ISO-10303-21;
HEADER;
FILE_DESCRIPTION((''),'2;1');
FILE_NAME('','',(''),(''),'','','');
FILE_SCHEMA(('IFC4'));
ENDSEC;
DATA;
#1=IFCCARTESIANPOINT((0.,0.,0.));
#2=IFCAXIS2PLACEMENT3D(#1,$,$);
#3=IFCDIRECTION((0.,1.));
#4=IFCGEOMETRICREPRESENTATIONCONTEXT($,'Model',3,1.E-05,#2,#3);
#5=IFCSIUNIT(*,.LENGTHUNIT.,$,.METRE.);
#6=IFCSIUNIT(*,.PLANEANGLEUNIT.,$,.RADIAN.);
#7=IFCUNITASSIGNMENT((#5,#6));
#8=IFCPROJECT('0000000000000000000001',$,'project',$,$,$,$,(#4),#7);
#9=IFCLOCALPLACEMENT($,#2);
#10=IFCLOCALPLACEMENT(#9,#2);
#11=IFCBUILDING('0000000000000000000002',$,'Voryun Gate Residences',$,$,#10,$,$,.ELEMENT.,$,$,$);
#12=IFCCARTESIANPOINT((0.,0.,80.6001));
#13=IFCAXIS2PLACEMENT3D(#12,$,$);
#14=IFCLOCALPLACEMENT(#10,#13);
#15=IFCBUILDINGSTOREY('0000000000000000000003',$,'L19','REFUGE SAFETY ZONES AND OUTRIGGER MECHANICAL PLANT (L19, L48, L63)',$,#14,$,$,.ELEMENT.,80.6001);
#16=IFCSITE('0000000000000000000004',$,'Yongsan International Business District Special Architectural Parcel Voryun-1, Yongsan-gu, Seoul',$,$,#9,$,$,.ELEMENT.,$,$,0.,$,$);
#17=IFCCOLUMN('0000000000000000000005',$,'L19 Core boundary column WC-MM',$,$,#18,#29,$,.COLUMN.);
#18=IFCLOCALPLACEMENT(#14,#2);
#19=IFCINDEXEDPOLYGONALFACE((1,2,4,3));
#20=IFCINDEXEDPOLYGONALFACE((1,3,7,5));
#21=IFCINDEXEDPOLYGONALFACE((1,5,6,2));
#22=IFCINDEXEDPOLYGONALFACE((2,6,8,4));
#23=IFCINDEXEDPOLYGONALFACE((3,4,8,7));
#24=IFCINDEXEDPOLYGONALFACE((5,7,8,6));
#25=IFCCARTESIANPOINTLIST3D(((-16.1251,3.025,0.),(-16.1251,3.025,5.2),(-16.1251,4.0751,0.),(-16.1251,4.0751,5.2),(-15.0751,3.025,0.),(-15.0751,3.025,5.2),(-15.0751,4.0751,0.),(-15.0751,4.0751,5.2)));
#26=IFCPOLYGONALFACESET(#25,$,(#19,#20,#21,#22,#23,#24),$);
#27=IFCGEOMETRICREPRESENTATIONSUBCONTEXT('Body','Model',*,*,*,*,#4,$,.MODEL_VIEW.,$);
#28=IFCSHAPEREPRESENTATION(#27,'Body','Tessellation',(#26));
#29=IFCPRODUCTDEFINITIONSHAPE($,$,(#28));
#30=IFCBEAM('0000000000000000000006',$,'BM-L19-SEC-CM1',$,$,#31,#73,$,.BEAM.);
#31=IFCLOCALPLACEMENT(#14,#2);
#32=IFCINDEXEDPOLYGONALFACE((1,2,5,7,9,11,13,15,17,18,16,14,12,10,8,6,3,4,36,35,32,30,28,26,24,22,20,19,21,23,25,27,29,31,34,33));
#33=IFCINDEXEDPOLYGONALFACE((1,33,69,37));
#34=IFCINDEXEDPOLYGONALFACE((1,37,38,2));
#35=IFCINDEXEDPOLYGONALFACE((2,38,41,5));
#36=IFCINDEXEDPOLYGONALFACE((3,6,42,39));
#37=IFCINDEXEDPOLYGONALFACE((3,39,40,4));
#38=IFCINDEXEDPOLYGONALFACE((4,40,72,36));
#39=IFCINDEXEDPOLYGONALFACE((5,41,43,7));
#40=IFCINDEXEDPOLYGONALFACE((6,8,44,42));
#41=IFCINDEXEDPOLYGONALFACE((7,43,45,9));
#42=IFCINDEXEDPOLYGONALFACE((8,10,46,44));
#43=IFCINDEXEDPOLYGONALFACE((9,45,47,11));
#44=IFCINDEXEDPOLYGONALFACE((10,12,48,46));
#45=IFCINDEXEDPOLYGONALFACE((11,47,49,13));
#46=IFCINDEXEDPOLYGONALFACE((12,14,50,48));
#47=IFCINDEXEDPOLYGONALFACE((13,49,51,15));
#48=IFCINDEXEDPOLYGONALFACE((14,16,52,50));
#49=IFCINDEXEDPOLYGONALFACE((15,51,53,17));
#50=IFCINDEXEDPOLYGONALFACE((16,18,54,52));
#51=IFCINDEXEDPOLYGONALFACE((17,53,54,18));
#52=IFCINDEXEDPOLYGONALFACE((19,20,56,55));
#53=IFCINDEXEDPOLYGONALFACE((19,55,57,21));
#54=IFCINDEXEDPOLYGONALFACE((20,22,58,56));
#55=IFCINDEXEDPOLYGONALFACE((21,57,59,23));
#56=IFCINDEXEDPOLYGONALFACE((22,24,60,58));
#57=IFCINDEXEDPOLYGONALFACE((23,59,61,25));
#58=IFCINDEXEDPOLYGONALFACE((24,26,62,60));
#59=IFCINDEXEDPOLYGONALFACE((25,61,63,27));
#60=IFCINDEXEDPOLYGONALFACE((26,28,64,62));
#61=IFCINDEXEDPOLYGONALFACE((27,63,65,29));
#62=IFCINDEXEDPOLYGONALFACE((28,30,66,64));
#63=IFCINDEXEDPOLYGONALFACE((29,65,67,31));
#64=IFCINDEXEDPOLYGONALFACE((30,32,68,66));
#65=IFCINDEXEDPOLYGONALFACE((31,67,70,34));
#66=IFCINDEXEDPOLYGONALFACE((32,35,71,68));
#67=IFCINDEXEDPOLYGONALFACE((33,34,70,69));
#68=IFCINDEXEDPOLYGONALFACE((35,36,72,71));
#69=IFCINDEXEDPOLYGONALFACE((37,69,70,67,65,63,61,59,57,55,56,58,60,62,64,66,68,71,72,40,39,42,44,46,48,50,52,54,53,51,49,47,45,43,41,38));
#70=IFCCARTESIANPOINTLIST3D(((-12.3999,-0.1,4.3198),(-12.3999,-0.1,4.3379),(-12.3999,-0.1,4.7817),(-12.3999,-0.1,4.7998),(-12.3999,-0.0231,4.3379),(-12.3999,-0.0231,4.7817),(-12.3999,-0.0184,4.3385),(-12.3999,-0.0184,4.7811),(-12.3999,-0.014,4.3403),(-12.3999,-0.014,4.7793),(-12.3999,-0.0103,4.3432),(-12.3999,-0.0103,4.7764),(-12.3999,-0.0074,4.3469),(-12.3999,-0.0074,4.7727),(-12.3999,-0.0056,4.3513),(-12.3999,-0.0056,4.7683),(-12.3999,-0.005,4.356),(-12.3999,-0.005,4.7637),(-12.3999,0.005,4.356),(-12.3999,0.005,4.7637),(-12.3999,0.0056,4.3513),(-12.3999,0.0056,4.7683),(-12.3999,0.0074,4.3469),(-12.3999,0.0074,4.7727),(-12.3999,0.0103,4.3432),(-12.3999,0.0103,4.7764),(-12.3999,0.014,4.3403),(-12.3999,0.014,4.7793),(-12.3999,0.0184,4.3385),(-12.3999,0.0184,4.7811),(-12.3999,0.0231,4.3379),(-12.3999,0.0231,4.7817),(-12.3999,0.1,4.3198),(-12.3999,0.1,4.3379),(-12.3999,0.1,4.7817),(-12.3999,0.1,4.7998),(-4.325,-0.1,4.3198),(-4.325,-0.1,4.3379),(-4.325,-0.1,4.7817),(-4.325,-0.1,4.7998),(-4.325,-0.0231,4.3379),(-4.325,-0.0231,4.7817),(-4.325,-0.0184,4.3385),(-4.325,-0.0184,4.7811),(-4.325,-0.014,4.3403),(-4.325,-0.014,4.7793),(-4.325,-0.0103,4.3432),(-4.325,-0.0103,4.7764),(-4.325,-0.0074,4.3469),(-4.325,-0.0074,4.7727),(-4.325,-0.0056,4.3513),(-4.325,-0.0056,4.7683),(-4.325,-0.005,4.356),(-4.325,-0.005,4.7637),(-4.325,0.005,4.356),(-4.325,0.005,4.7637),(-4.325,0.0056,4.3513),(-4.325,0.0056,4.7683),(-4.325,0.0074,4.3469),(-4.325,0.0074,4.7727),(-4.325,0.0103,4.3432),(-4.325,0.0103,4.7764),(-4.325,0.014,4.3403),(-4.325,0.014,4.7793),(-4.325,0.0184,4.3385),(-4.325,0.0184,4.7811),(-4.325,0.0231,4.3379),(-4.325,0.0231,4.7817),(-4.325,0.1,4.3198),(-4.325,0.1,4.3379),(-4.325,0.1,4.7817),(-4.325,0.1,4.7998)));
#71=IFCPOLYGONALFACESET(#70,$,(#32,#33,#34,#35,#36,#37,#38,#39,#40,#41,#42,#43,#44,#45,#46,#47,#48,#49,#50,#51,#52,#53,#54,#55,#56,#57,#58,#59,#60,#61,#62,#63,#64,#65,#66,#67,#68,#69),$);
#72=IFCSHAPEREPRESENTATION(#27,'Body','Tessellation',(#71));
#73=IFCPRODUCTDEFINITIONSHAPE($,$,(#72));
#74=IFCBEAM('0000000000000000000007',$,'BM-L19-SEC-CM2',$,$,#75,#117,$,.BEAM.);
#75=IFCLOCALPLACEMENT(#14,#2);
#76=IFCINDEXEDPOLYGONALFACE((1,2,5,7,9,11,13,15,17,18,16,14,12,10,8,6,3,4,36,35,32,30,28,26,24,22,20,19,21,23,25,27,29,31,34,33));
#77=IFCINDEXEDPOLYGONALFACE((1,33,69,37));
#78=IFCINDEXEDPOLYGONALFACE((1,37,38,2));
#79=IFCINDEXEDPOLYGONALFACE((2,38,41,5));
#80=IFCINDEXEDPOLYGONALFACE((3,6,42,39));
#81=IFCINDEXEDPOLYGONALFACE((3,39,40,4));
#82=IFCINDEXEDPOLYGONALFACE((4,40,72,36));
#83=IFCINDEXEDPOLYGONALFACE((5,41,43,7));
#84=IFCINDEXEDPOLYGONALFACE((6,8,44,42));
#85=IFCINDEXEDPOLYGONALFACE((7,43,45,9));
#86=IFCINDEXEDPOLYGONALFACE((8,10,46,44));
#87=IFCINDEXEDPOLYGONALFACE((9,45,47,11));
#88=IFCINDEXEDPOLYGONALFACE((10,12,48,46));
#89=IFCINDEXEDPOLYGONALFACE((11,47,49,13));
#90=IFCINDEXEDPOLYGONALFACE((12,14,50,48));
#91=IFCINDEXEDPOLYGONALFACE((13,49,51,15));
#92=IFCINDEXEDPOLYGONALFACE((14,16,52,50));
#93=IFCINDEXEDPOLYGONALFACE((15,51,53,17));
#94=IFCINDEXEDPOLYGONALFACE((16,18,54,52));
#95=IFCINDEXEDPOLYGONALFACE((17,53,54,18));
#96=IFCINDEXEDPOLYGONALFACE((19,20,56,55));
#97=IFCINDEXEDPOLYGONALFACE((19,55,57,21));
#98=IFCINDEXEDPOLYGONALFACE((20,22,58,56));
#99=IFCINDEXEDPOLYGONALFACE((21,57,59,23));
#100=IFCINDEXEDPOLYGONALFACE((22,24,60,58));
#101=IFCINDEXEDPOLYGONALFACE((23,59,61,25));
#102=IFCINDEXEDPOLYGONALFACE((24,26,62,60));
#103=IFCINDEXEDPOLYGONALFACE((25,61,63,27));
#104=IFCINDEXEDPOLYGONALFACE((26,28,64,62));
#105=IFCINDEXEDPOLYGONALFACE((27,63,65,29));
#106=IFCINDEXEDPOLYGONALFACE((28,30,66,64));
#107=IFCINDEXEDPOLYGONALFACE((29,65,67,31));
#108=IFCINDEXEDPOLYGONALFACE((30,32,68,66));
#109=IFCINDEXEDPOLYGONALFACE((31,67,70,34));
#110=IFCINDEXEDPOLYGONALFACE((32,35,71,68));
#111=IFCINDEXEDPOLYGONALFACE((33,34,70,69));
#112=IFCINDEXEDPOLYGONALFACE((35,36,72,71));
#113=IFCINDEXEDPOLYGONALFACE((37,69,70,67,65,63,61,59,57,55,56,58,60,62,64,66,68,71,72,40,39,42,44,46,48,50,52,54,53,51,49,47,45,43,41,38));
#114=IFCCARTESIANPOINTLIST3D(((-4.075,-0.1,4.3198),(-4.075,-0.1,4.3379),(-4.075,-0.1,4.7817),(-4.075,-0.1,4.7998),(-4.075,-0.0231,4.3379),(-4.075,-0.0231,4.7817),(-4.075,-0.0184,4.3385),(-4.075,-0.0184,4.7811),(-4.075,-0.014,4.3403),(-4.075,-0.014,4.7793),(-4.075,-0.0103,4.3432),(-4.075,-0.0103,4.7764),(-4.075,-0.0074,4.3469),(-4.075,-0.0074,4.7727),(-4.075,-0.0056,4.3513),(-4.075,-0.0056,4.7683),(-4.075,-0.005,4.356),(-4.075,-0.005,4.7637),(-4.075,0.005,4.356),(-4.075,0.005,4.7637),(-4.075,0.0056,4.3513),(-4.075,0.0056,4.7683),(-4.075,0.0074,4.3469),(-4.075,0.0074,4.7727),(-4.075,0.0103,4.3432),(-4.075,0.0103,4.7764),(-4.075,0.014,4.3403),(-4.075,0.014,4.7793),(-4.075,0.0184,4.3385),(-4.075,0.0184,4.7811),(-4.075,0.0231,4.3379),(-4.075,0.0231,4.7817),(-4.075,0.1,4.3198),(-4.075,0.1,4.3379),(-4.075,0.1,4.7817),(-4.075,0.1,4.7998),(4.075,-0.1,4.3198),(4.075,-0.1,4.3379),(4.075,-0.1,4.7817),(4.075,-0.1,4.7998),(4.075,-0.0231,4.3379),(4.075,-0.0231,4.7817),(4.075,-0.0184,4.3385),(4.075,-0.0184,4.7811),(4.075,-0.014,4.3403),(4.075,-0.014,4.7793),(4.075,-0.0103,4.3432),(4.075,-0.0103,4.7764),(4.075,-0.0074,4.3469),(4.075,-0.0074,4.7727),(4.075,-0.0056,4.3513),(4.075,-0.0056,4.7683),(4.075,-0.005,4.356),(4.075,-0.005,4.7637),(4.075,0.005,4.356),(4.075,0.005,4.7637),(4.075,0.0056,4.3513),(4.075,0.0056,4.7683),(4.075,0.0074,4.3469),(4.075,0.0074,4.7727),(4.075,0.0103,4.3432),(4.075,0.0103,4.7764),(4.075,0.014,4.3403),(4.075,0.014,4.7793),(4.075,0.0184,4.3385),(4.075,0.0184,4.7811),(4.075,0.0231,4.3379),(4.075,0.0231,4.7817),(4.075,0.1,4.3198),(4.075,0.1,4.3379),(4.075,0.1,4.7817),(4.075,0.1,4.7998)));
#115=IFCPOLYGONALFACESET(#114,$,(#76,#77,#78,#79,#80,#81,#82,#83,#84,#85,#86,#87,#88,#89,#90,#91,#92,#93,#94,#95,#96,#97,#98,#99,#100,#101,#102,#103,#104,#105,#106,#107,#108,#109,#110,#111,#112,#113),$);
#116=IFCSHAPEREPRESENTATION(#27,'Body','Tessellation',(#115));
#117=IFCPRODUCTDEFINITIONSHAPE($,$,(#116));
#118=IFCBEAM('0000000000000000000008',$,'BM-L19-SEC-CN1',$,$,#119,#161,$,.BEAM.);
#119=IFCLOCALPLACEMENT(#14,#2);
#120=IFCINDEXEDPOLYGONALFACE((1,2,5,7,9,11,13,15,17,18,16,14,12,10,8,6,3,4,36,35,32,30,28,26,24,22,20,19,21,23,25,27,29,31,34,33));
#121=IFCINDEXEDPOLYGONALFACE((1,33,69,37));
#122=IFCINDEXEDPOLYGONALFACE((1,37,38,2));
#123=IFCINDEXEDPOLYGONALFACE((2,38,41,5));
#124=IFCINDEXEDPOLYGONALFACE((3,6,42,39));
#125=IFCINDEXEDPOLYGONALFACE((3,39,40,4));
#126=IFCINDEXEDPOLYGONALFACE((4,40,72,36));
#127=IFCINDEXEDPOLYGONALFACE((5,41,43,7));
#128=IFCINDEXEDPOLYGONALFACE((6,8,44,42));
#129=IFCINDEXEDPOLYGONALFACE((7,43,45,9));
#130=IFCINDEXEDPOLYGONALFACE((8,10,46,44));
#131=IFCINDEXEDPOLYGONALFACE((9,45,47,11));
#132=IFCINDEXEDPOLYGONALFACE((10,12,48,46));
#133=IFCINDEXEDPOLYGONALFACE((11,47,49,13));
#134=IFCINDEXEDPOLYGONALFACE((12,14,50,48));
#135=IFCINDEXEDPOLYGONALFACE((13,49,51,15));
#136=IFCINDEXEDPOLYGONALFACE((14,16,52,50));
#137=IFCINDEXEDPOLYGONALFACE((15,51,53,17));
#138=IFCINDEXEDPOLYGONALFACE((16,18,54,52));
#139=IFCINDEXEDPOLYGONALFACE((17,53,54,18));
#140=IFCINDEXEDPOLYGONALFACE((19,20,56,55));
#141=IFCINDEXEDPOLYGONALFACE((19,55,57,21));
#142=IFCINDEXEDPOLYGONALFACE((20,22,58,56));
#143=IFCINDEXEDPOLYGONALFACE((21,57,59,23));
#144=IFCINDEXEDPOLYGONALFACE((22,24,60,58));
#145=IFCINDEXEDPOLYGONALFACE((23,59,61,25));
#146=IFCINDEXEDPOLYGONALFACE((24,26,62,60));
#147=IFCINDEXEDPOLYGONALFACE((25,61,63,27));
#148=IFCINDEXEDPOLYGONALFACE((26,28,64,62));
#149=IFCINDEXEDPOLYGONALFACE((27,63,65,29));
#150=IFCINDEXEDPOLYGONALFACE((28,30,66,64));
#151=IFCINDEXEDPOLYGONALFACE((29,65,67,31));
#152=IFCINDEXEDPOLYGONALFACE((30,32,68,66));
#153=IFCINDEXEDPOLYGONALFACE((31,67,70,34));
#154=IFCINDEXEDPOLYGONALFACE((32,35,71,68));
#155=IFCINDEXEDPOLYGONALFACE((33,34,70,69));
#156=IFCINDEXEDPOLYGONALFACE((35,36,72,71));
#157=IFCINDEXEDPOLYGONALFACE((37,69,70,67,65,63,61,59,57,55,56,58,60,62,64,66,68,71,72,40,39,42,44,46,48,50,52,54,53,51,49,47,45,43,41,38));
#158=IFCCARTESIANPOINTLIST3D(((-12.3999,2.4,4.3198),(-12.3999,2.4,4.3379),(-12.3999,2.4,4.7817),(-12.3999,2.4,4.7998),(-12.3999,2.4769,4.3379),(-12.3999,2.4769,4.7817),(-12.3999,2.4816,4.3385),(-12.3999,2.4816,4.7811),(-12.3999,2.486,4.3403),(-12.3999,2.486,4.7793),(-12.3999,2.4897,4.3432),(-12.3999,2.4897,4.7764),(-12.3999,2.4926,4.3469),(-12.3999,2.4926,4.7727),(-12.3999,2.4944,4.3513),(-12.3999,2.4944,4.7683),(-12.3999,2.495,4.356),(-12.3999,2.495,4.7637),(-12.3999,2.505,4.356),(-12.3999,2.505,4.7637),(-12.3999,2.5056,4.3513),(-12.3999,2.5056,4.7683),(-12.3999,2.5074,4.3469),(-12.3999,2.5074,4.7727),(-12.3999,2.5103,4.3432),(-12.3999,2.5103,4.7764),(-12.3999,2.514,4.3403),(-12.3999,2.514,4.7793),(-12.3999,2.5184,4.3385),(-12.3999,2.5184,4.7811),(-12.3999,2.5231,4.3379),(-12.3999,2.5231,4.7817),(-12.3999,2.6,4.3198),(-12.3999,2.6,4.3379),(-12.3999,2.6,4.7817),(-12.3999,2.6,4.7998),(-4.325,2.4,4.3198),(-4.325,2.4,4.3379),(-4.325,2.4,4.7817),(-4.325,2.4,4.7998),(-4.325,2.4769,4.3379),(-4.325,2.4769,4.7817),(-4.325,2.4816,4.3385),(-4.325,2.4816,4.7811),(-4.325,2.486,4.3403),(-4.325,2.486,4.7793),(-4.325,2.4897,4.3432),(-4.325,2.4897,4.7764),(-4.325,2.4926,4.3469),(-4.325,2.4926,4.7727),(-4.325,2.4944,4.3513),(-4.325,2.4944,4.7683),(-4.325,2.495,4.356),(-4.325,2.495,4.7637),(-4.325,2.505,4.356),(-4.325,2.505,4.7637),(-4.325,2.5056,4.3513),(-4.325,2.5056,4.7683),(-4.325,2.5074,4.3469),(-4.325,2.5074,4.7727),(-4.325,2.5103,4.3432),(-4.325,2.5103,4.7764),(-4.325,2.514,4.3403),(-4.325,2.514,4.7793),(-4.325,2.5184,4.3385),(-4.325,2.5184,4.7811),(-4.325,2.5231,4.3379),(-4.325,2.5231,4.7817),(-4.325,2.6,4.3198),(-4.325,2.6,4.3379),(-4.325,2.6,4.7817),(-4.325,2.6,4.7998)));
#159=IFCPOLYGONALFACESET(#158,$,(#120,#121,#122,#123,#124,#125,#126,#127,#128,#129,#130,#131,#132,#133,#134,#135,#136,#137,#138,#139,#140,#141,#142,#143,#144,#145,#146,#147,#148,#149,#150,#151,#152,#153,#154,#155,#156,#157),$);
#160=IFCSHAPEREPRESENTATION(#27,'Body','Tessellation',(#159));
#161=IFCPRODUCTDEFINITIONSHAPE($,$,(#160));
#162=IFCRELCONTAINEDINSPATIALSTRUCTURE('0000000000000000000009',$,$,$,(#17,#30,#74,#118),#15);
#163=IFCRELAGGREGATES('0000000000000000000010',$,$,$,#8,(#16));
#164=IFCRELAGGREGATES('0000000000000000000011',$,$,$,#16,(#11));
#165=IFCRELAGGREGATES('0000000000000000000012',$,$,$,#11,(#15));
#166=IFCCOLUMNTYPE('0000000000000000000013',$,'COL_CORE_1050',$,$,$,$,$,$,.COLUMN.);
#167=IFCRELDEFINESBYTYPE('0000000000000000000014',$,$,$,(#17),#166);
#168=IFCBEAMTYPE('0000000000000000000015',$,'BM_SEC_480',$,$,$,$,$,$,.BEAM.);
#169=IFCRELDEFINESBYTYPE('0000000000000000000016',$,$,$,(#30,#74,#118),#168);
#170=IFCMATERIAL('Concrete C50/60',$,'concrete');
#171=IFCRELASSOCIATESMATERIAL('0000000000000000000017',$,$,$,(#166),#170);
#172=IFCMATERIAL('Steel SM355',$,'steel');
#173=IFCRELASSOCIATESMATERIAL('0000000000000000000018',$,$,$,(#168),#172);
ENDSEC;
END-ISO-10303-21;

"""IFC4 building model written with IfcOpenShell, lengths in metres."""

from ifc_helpers import new_model, si_unit, direction, frame, origin, origin_2d, place, context, subcontext, project, spatial, rectangle, i_section, extrude, material, material_profile, profile_set, type_object, element, save


model = new_model("IFC4")

# Units and contexts
model_context = context("Model", 3, precision=1e-05, world=origin(), true_north=direction((0.0, 1.0)))
body_context = subcontext(model_context, "Body", "Model", "MODEL_VIEW")
ifc_project = project(units=[si_unit("LENGTHUNIT", "METRE"), si_unit("PLANEANGLEUNIT", "RADIAN")], contexts=[model_context])

# Site, building, storey
site_placement = place(None, origin())
site = spatial("IfcSite", under=ifc_project, at=site_placement, Name="Yongsan International Business District Special Architectural Parcel Voryun-1, Yongsan-gu, Seoul", CompositionType="ELEMENT", RefElevation=0.0)
building_placement = place(site_placement, origin())
building = spatial("IfcBuilding", under=site, at=building_placement, Name="Voryun Gate Residences", CompositionType="ELEMENT")
storey_placement = place(building_placement, frame((0.0, 0.0, 80.6001)))
storey = spatial("IfcBuildingStorey", under=building, at=storey_placement, Name="L19", Description="REFUGE SAFETY ZONES AND OUTRIGGER MECHANICAL PLANT (L19, L48, L63)", CompositionType="ELEMENT", Elevation=80.6001)

# Column
ifc_material_1 = material(Name="Concrete C50/60", Category="concrete")
ifc_material_profile_1 = material_profile(ifc_material_1, rectangle(XDim=1.05, YDim=1.05, at=origin_2d()), Name="RC-1050x1050")
ifc_profile_set_1 = profile_set([ifc_material_profile_1], Name="Concrete C50/60")
column_type = type_object("IfcColumnType", Name="COL_CORE_1050", PredefinedType="COLUMN", material=ifc_profile_set_1)
column_placement = place(storey_placement, frame((-15.6001, 3.55, 0.0), z_axis=(0.0, 0.0, 1.0), x_axis=(1.0, 0.0, 0.0)))
element("IfcColumn", 1, at=column_placement, inside=storey, type_object=column_type, Name="L19 Core boundary column WC-MM", PredefinedType="COLUMN", context=body_context, shape_type="SweptSolid", body=[
    extrude(rectangle(XDim=1.05, YDim=1.05, at=origin_2d()), origin(), (0.0, 0.0, 1.0), 5.2),
])

# Beams
ifc_material_2 = material(Name="Steel SM355", Category="steel")
ifc_material_profile_2 = material_profile(ifc_material_2, i_section(OverallWidth=0.2, OverallDepth=0.48, WebThickness=0.01, FlangeThickness=0.0181, FilletRadius=0.0181, at=origin_2d()), Name="H-480x200x10x18")
ifc_profile_set_2 = profile_set([ifc_material_profile_2], Name="Steel SM355")
beam_type = type_object("IfcBeamType", Name="BM_SEC_480", PredefinedType="BEAM", material=ifc_profile_set_2)
beam_1_placement = place(storey_placement, frame((-12.3999, 0.0, 4.5598), z_axis=(1.0, 0.0, 0.0), x_axis=(0.0, 1.0, 0.0)))
element("IfcBeam", 2, at=beam_1_placement, inside=storey, type_object=beam_type, Name="BM-L19-SEC-CM1", PredefinedType="BEAM", context=body_context, shape_type="SweptSolid", body=[
    extrude(i_section(OverallWidth=0.2, OverallDepth=0.48, WebThickness=0.01, FlangeThickness=0.0181, FilletRadius=0.0181, at=origin_2d()), origin(), (0.0, 0.0, 1.0), 8.075),
])
beam_2_placement = place(storey_placement, frame((-4.075, 0.0, 4.5598), z_axis=(1.0, 0.0, 0.0), x_axis=(0.0, 1.0, 0.0)))
element("IfcBeam", 3, at=beam_2_placement, inside=storey, type_object=beam_type, Name="BM-L19-SEC-CM2", PredefinedType="BEAM", context=body_context, shape_type="SweptSolid", body=[
    extrude(i_section(OverallWidth=0.2, OverallDepth=0.48, WebThickness=0.01, FlangeThickness=0.0181, FilletRadius=0.0181, at=origin_2d()), origin(), (0.0, 0.0, 1.0), 8.1499),
])
beam_3_placement = place(storey_placement, frame((-12.3999, 2.5, 4.5598), z_axis=(1.0, 0.0, 0.0), x_axis=(0.0, 1.0, 0.0)))
element("IfcBeam", 4, at=beam_3_placement, inside=storey, type_object=beam_type, Name="BM-L19-SEC-CN1", PredefinedType="BEAM", context=body_context, shape_type="SweptSolid", body=[
    extrude(i_section(OverallWidth=0.2, OverallDepth=0.48, WebThickness=0.01, FlangeThickness=0.0181, FilletRadius=0.0181, at=origin_2d()), origin(), (0.0, 0.0, 1.0), 8.075),
])

save(model, "model.ifc")
